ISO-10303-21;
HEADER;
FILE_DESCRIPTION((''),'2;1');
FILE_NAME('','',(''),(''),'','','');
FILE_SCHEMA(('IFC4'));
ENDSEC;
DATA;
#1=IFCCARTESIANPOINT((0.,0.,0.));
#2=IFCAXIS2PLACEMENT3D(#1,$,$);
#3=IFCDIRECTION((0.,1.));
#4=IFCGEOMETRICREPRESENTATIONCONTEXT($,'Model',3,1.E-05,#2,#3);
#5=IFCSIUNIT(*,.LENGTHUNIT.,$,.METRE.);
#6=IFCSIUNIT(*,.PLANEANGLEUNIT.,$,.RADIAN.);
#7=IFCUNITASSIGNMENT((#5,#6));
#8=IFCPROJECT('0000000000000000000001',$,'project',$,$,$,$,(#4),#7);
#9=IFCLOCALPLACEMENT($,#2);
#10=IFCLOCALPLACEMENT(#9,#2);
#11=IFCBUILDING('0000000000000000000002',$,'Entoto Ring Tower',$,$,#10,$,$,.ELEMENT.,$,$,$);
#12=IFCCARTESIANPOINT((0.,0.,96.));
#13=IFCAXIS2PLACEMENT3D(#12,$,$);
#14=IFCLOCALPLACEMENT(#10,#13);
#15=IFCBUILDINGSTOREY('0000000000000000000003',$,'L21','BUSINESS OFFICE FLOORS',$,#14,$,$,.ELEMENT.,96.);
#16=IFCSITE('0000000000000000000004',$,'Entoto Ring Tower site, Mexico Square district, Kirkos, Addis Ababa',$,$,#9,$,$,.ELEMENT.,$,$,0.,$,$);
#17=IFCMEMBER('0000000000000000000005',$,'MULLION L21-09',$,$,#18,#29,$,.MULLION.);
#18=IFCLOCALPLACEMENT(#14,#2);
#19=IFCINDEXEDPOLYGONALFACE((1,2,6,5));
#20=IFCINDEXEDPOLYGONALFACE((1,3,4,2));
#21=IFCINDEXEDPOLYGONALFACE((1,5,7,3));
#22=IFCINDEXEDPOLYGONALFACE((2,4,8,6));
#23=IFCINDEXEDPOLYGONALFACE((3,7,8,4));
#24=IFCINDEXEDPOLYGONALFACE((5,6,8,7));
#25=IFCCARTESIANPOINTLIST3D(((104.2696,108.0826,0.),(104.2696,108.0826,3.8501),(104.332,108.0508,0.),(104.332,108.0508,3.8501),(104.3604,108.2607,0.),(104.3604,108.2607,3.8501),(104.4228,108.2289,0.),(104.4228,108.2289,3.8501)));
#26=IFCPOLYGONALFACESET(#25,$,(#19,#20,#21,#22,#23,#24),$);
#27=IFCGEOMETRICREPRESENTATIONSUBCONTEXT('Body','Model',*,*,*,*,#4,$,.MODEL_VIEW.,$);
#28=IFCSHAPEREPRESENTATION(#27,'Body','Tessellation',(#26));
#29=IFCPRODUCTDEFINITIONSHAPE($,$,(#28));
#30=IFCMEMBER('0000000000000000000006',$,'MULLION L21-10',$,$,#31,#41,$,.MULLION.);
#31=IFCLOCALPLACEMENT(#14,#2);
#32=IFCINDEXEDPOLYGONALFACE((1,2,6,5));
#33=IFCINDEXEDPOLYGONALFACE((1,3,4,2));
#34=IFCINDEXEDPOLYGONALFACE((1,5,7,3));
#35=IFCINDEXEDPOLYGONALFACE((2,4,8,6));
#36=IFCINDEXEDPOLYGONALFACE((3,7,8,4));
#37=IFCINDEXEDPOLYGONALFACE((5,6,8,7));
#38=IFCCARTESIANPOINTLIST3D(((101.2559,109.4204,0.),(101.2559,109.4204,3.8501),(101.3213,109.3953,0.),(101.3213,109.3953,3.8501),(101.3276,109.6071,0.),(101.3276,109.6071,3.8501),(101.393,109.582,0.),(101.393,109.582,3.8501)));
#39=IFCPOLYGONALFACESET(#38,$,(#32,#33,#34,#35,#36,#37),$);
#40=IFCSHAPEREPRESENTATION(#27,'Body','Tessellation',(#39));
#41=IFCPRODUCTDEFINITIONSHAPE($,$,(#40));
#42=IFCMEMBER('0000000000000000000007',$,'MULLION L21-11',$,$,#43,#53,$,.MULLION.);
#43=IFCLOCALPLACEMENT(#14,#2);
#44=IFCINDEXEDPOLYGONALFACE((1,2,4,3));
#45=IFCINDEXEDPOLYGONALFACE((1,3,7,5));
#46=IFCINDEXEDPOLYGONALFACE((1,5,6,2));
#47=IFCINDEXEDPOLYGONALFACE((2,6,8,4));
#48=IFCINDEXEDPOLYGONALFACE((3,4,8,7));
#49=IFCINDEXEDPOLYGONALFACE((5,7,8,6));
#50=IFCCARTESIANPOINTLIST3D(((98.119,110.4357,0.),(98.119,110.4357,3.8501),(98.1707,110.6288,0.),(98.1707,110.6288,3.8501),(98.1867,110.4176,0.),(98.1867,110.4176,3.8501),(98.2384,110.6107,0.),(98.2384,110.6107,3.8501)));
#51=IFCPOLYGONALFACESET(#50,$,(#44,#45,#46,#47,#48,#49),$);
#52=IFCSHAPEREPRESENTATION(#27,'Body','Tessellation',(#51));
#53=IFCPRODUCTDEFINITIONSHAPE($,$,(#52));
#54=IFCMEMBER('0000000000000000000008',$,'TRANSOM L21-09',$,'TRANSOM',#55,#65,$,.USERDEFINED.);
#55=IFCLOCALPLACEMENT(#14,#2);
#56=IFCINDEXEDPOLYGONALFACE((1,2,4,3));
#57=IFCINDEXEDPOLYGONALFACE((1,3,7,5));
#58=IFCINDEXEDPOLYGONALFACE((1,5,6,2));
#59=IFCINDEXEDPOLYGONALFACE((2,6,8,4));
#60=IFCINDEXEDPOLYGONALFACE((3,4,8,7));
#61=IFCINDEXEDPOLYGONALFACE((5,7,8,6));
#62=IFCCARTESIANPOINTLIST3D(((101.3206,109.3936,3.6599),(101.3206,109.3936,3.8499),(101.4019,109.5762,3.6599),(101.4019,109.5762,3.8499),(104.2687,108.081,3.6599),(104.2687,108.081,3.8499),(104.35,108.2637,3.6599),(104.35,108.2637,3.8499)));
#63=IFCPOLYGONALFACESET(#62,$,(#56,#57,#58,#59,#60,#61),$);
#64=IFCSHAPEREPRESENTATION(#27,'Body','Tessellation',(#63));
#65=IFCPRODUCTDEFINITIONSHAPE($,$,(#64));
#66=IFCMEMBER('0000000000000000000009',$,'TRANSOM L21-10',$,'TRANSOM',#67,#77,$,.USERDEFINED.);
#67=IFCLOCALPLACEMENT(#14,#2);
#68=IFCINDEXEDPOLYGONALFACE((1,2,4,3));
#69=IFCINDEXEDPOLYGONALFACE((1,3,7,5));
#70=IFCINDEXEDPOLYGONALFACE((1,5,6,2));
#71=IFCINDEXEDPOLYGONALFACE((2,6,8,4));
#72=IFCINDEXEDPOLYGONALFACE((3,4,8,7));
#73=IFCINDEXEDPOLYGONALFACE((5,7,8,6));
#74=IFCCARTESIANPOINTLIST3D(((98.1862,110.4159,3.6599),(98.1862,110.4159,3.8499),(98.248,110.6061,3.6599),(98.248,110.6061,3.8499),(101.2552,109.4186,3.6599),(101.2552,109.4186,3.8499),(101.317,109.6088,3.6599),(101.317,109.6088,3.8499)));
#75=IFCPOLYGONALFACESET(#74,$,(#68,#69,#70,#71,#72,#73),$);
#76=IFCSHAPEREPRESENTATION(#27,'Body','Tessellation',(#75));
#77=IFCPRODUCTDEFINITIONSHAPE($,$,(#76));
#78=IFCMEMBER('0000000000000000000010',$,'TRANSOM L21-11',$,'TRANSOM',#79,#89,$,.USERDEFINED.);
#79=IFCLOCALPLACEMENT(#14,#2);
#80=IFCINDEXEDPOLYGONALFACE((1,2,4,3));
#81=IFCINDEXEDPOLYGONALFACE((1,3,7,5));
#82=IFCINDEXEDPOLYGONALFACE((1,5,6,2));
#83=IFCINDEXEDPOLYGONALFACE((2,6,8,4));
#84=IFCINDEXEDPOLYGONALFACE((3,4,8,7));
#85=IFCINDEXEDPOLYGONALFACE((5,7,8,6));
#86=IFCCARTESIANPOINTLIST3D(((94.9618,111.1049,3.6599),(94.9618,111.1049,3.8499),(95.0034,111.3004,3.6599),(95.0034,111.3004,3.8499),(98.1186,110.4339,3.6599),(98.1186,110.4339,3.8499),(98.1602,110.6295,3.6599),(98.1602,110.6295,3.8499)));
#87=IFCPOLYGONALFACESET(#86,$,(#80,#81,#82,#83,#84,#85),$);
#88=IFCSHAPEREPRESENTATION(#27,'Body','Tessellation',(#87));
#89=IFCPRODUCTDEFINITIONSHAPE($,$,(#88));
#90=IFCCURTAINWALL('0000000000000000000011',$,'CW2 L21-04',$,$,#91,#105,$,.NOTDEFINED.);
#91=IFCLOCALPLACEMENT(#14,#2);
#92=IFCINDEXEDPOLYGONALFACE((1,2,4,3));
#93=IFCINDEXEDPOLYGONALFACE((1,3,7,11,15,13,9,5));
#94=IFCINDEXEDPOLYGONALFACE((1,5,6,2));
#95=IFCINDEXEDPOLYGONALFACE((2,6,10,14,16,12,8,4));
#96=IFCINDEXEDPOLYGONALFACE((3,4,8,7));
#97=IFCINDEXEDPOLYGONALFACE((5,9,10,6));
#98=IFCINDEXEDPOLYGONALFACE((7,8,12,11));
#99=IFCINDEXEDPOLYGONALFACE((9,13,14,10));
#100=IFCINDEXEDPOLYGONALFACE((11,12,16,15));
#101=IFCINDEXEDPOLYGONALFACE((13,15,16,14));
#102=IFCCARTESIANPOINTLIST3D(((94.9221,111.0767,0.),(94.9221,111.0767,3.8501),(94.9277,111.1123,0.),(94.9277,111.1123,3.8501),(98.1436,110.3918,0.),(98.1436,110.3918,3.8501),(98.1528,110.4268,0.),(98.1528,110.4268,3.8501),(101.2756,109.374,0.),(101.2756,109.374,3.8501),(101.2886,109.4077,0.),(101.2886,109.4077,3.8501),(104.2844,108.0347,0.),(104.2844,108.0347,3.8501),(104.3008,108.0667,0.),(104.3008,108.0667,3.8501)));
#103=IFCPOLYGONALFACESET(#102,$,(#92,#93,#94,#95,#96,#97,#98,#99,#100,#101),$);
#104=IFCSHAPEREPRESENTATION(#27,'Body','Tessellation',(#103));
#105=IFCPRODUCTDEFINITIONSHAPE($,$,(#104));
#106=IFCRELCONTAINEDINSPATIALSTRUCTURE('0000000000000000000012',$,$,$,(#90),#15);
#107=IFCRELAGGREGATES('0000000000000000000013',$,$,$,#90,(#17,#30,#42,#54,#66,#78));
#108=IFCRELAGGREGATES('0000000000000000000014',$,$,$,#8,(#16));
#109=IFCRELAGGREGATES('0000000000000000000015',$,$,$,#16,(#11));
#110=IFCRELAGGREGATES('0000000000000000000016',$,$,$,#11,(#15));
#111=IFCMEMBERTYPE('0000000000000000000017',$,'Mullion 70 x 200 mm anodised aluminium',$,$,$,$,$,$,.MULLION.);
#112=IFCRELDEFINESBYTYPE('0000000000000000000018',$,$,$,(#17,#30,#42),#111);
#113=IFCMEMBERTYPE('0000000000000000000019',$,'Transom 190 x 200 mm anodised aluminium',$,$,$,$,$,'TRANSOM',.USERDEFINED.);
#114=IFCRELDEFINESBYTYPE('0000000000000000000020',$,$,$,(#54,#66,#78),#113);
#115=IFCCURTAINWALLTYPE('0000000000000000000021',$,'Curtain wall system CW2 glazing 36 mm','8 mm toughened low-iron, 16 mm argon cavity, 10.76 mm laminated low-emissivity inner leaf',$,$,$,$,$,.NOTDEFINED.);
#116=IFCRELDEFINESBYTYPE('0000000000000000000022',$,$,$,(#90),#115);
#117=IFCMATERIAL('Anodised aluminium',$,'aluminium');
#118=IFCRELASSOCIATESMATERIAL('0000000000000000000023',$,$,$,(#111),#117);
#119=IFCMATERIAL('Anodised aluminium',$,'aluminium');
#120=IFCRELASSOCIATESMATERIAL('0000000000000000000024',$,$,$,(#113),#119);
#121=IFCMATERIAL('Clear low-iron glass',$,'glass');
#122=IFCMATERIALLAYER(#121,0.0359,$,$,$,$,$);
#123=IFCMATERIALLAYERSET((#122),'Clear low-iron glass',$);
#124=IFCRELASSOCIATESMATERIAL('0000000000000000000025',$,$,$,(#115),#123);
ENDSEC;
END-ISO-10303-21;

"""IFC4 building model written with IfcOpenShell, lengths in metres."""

from ifc_helpers import new_model, si_unit, direction, frame, origin, origin_2d, place, context, subcontext, project, spatial, polyline, rectangle, outline, extrude, material, layer, layer_set, material_profile, profile_set, type_object, element, aggregate, save


model = new_model("IFC4")

# Units and contexts
model_context = context("Model", 3, precision=1e-05, world=origin(), true_north=direction((0.0, 1.0)))
body_context = subcontext(model_context, "Body", "Model", "MODEL_VIEW")
ifc_project = project(units=[si_unit("LENGTHUNIT", "METRE"), si_unit("PLANEANGLEUNIT", "RADIAN")], contexts=[model_context])

# Members
ifc_material_1 = material(Name="Anodised aluminium", Category="aluminium")
ifc_material_profile_1 = material_profile(ifc_material_1, rectangle(XDim=0.0701, YDim=0.2, at=origin_2d()), Name="Mullion 70 x 200 mm anodised aluminium")
ifc_profile_set_1 = profile_set([ifc_material_profile_1], Name="Anodised aluminium")
member_type_1 = type_object("IfcMemberType", Name="Mullion 70 x 200 mm anodised aluminium", PredefinedType="MULLION", material=ifc_profile_set_1)
site_placement = place(None, origin())
building_placement = place(site_placement, origin())
storey_placement = place(building_placement, frame((0.0, 0.0, 96.0)))
member_1_placement = place(storey_placement, frame((104.3462, 108.1558, 0.0), z_axis=(0.0, 0.0, 1.0), x_axis=(-0.891007, 0.45399, 0.0)))
member_1 = element("IfcMember", 1, at=member_1_placement, type_object=member_type_1, Name="MULLION L21-09", PredefinedType="MULLION", context=body_context, shape_type="SweptSolid", body=[
    extrude(rectangle(XDim=0.0701, YDim=0.2, at=origin_2d()), origin(), (0.0, 0.0, 1.0), 3.8501),
])
member_2_placement = place(storey_placement, frame((101.3245, 109.5012, 0.0), z_axis=(0.0, 0.0, 1.0), x_axis=(-0.93358, 0.358368, 0.0)))
member_2 = element("IfcMember", 2, at=member_2_placement, type_object=member_type_1, Name="MULLION L21-10", PredefinedType="MULLION", context=body_context, shape_type="SweptSolid", body=[
    extrude(rectangle(XDim=0.0701, YDim=0.2, at=origin_2d()), origin(), (0.0, 0.0, 1.0), 3.8501),
])
member_3_placement = place(storey_placement, frame((98.1787, 110.5232, 0.0), z_axis=(0.0, 0.0, 1.0), x_axis=(-0.965926, 0.258819, 0.0)))
member_3 = element("IfcMember", 3, at=member_3_placement, type_object=member_type_1, Name="MULLION L21-11", PredefinedType="MULLION", context=body_context, shape_type="SweptSolid", body=[
    extrude(rectangle(XDim=0.0701, YDim=0.2, at=origin_2d()), origin(), (0.0, 0.0, 1.0), 3.8501),
])
ifc_material_2 = material(Name="Anodised aluminium", Category="aluminium")
ifc_material_profile_2 = material_profile(ifc_material_2, rectangle(XDim=0.2, YDim=0.1899, at=origin_2d()), Name="Transom 190 x 200 mm anodised aluminium")
ifc_profile_set_2 = profile_set([ifc_material_profile_2], Name="Anodised aluminium")
member_type_2 = type_object("IfcMemberType", Name="Transom 190 x 200 mm anodised aluminium", ElementType="TRANSOM", PredefinedType="USERDEFINED", material=ifc_profile_set_2)
member_4_placement = place(storey_placement, frame((104.3093, 108.1724, 3.7549), z_axis=(-0.913549, 0.406728, 0.0), x_axis=(-0.406728, -0.913549, 0.0)))
member_4 = element("IfcMember", 4, at=member_4_placement, type_object=member_type_2, Name="TRANSOM L21-09", ObjectType="TRANSOM", PredefinedType="USERDEFINED", context=body_context, shape_type="SweptSolid", body=[
    extrude(rectangle(XDim=0.2, YDim=0.1899, at=origin_2d()), origin(), (0.0, 0.0, 1.0), 3.2271),
])
member_5_placement = place(storey_placement, frame((101.2861, 109.5137, 3.7549), z_axis=(-0.951047, 0.309047, 0.0), x_axis=(-0.309047, -0.951047, 0.0)))
member_5 = element("IfcMember", 5, at=member_5_placement, type_object=member_type_2, Name="TRANSOM L21-10", ObjectType="TRANSOM", PredefinedType="USERDEFINED", context=body_context, shape_type="SweptSolid", body=[
    extrude(rectangle(XDim=0.2, YDim=0.1899, at=origin_2d()), origin(), (0.0, 0.0, 1.0), 3.2271),
])
member_6_placement = place(storey_placement, frame((98.1394, 110.5317, 3.7549), z_axis=(-0.978153, 0.207886, 0.0), x_axis=(-0.207886, -0.978153, 0.0)))
member_6 = element("IfcMember", 6, at=member_6_placement, type_object=member_type_2, Name="TRANSOM L21-11", ObjectType="TRANSOM", PredefinedType="USERDEFINED", context=body_context, shape_type="SweptSolid", body=[
    extrude(rectangle(XDim=0.2, YDim=0.1899, at=origin_2d()), origin(), (0.0, 0.0, 1.0), 3.2273),
])

# Site, building, storey
site = spatial("IfcSite", under=ifc_project, at=site_placement, Name="Entoto Ring Tower site, Mexico Square district, Kirkos, Addis Ababa", CompositionType="ELEMENT", RefElevation=0.0)
building = spatial("IfcBuilding", under=site, at=building_placement, Name="Entoto Ring Tower", CompositionType="ELEMENT")
storey = spatial("IfcBuildingStorey", under=building, at=storey_placement, Name="L21", Description="BUSINESS OFFICE FLOORS", CompositionType="ELEMENT", Elevation=96.0)

# Curtain wall
ifc_material_3 = material(Name="Clear low-iron glass", Category="glass")
ifc_layer = layer(ifc_material_3, 0.0359)
ifc_layer_set = layer_set([ifc_layer], Name="Clear low-iron glass")
curtain_wall_type = type_object("IfcCurtainWallType", Name="Curtain wall system CW2 glazing 36 mm", Description="8 mm toughened low-iron, 16 mm argon cavity, 10.76 mm laminated low-emissivity inner leaf", PredefinedType="NOTDEFINED", material=ifc_layer_set)
curtain_wall_1_placement = place(storey_placement, origin())
curtain_wall_1 = element("IfcCurtainWall", 7, at=curtain_wall_1_placement, inside=storey, type_object=curtain_wall_type, Name="CW2 L21-04", PredefinedType="NOTDEFINED", context=body_context, shape_type="SweptSolid", body=[
    extrude(outline(polyline([(104.3008, 108.0667), (101.2886, 109.4077), (98.1528, 110.4268), (94.9277, 111.1123), (94.9221, 111.0767), (98.1436, 110.3918), (101.2756, 109.374), (104.2844, 108.0347), (104.3008, 108.0667)])), origin(), (0.0, 0.0, 1.0), 3.8501),
])
aggregate(curtain_wall_1, [member_1, member_2, member_3, member_4, member_5, member_6])

save(model, "model.ifc")
